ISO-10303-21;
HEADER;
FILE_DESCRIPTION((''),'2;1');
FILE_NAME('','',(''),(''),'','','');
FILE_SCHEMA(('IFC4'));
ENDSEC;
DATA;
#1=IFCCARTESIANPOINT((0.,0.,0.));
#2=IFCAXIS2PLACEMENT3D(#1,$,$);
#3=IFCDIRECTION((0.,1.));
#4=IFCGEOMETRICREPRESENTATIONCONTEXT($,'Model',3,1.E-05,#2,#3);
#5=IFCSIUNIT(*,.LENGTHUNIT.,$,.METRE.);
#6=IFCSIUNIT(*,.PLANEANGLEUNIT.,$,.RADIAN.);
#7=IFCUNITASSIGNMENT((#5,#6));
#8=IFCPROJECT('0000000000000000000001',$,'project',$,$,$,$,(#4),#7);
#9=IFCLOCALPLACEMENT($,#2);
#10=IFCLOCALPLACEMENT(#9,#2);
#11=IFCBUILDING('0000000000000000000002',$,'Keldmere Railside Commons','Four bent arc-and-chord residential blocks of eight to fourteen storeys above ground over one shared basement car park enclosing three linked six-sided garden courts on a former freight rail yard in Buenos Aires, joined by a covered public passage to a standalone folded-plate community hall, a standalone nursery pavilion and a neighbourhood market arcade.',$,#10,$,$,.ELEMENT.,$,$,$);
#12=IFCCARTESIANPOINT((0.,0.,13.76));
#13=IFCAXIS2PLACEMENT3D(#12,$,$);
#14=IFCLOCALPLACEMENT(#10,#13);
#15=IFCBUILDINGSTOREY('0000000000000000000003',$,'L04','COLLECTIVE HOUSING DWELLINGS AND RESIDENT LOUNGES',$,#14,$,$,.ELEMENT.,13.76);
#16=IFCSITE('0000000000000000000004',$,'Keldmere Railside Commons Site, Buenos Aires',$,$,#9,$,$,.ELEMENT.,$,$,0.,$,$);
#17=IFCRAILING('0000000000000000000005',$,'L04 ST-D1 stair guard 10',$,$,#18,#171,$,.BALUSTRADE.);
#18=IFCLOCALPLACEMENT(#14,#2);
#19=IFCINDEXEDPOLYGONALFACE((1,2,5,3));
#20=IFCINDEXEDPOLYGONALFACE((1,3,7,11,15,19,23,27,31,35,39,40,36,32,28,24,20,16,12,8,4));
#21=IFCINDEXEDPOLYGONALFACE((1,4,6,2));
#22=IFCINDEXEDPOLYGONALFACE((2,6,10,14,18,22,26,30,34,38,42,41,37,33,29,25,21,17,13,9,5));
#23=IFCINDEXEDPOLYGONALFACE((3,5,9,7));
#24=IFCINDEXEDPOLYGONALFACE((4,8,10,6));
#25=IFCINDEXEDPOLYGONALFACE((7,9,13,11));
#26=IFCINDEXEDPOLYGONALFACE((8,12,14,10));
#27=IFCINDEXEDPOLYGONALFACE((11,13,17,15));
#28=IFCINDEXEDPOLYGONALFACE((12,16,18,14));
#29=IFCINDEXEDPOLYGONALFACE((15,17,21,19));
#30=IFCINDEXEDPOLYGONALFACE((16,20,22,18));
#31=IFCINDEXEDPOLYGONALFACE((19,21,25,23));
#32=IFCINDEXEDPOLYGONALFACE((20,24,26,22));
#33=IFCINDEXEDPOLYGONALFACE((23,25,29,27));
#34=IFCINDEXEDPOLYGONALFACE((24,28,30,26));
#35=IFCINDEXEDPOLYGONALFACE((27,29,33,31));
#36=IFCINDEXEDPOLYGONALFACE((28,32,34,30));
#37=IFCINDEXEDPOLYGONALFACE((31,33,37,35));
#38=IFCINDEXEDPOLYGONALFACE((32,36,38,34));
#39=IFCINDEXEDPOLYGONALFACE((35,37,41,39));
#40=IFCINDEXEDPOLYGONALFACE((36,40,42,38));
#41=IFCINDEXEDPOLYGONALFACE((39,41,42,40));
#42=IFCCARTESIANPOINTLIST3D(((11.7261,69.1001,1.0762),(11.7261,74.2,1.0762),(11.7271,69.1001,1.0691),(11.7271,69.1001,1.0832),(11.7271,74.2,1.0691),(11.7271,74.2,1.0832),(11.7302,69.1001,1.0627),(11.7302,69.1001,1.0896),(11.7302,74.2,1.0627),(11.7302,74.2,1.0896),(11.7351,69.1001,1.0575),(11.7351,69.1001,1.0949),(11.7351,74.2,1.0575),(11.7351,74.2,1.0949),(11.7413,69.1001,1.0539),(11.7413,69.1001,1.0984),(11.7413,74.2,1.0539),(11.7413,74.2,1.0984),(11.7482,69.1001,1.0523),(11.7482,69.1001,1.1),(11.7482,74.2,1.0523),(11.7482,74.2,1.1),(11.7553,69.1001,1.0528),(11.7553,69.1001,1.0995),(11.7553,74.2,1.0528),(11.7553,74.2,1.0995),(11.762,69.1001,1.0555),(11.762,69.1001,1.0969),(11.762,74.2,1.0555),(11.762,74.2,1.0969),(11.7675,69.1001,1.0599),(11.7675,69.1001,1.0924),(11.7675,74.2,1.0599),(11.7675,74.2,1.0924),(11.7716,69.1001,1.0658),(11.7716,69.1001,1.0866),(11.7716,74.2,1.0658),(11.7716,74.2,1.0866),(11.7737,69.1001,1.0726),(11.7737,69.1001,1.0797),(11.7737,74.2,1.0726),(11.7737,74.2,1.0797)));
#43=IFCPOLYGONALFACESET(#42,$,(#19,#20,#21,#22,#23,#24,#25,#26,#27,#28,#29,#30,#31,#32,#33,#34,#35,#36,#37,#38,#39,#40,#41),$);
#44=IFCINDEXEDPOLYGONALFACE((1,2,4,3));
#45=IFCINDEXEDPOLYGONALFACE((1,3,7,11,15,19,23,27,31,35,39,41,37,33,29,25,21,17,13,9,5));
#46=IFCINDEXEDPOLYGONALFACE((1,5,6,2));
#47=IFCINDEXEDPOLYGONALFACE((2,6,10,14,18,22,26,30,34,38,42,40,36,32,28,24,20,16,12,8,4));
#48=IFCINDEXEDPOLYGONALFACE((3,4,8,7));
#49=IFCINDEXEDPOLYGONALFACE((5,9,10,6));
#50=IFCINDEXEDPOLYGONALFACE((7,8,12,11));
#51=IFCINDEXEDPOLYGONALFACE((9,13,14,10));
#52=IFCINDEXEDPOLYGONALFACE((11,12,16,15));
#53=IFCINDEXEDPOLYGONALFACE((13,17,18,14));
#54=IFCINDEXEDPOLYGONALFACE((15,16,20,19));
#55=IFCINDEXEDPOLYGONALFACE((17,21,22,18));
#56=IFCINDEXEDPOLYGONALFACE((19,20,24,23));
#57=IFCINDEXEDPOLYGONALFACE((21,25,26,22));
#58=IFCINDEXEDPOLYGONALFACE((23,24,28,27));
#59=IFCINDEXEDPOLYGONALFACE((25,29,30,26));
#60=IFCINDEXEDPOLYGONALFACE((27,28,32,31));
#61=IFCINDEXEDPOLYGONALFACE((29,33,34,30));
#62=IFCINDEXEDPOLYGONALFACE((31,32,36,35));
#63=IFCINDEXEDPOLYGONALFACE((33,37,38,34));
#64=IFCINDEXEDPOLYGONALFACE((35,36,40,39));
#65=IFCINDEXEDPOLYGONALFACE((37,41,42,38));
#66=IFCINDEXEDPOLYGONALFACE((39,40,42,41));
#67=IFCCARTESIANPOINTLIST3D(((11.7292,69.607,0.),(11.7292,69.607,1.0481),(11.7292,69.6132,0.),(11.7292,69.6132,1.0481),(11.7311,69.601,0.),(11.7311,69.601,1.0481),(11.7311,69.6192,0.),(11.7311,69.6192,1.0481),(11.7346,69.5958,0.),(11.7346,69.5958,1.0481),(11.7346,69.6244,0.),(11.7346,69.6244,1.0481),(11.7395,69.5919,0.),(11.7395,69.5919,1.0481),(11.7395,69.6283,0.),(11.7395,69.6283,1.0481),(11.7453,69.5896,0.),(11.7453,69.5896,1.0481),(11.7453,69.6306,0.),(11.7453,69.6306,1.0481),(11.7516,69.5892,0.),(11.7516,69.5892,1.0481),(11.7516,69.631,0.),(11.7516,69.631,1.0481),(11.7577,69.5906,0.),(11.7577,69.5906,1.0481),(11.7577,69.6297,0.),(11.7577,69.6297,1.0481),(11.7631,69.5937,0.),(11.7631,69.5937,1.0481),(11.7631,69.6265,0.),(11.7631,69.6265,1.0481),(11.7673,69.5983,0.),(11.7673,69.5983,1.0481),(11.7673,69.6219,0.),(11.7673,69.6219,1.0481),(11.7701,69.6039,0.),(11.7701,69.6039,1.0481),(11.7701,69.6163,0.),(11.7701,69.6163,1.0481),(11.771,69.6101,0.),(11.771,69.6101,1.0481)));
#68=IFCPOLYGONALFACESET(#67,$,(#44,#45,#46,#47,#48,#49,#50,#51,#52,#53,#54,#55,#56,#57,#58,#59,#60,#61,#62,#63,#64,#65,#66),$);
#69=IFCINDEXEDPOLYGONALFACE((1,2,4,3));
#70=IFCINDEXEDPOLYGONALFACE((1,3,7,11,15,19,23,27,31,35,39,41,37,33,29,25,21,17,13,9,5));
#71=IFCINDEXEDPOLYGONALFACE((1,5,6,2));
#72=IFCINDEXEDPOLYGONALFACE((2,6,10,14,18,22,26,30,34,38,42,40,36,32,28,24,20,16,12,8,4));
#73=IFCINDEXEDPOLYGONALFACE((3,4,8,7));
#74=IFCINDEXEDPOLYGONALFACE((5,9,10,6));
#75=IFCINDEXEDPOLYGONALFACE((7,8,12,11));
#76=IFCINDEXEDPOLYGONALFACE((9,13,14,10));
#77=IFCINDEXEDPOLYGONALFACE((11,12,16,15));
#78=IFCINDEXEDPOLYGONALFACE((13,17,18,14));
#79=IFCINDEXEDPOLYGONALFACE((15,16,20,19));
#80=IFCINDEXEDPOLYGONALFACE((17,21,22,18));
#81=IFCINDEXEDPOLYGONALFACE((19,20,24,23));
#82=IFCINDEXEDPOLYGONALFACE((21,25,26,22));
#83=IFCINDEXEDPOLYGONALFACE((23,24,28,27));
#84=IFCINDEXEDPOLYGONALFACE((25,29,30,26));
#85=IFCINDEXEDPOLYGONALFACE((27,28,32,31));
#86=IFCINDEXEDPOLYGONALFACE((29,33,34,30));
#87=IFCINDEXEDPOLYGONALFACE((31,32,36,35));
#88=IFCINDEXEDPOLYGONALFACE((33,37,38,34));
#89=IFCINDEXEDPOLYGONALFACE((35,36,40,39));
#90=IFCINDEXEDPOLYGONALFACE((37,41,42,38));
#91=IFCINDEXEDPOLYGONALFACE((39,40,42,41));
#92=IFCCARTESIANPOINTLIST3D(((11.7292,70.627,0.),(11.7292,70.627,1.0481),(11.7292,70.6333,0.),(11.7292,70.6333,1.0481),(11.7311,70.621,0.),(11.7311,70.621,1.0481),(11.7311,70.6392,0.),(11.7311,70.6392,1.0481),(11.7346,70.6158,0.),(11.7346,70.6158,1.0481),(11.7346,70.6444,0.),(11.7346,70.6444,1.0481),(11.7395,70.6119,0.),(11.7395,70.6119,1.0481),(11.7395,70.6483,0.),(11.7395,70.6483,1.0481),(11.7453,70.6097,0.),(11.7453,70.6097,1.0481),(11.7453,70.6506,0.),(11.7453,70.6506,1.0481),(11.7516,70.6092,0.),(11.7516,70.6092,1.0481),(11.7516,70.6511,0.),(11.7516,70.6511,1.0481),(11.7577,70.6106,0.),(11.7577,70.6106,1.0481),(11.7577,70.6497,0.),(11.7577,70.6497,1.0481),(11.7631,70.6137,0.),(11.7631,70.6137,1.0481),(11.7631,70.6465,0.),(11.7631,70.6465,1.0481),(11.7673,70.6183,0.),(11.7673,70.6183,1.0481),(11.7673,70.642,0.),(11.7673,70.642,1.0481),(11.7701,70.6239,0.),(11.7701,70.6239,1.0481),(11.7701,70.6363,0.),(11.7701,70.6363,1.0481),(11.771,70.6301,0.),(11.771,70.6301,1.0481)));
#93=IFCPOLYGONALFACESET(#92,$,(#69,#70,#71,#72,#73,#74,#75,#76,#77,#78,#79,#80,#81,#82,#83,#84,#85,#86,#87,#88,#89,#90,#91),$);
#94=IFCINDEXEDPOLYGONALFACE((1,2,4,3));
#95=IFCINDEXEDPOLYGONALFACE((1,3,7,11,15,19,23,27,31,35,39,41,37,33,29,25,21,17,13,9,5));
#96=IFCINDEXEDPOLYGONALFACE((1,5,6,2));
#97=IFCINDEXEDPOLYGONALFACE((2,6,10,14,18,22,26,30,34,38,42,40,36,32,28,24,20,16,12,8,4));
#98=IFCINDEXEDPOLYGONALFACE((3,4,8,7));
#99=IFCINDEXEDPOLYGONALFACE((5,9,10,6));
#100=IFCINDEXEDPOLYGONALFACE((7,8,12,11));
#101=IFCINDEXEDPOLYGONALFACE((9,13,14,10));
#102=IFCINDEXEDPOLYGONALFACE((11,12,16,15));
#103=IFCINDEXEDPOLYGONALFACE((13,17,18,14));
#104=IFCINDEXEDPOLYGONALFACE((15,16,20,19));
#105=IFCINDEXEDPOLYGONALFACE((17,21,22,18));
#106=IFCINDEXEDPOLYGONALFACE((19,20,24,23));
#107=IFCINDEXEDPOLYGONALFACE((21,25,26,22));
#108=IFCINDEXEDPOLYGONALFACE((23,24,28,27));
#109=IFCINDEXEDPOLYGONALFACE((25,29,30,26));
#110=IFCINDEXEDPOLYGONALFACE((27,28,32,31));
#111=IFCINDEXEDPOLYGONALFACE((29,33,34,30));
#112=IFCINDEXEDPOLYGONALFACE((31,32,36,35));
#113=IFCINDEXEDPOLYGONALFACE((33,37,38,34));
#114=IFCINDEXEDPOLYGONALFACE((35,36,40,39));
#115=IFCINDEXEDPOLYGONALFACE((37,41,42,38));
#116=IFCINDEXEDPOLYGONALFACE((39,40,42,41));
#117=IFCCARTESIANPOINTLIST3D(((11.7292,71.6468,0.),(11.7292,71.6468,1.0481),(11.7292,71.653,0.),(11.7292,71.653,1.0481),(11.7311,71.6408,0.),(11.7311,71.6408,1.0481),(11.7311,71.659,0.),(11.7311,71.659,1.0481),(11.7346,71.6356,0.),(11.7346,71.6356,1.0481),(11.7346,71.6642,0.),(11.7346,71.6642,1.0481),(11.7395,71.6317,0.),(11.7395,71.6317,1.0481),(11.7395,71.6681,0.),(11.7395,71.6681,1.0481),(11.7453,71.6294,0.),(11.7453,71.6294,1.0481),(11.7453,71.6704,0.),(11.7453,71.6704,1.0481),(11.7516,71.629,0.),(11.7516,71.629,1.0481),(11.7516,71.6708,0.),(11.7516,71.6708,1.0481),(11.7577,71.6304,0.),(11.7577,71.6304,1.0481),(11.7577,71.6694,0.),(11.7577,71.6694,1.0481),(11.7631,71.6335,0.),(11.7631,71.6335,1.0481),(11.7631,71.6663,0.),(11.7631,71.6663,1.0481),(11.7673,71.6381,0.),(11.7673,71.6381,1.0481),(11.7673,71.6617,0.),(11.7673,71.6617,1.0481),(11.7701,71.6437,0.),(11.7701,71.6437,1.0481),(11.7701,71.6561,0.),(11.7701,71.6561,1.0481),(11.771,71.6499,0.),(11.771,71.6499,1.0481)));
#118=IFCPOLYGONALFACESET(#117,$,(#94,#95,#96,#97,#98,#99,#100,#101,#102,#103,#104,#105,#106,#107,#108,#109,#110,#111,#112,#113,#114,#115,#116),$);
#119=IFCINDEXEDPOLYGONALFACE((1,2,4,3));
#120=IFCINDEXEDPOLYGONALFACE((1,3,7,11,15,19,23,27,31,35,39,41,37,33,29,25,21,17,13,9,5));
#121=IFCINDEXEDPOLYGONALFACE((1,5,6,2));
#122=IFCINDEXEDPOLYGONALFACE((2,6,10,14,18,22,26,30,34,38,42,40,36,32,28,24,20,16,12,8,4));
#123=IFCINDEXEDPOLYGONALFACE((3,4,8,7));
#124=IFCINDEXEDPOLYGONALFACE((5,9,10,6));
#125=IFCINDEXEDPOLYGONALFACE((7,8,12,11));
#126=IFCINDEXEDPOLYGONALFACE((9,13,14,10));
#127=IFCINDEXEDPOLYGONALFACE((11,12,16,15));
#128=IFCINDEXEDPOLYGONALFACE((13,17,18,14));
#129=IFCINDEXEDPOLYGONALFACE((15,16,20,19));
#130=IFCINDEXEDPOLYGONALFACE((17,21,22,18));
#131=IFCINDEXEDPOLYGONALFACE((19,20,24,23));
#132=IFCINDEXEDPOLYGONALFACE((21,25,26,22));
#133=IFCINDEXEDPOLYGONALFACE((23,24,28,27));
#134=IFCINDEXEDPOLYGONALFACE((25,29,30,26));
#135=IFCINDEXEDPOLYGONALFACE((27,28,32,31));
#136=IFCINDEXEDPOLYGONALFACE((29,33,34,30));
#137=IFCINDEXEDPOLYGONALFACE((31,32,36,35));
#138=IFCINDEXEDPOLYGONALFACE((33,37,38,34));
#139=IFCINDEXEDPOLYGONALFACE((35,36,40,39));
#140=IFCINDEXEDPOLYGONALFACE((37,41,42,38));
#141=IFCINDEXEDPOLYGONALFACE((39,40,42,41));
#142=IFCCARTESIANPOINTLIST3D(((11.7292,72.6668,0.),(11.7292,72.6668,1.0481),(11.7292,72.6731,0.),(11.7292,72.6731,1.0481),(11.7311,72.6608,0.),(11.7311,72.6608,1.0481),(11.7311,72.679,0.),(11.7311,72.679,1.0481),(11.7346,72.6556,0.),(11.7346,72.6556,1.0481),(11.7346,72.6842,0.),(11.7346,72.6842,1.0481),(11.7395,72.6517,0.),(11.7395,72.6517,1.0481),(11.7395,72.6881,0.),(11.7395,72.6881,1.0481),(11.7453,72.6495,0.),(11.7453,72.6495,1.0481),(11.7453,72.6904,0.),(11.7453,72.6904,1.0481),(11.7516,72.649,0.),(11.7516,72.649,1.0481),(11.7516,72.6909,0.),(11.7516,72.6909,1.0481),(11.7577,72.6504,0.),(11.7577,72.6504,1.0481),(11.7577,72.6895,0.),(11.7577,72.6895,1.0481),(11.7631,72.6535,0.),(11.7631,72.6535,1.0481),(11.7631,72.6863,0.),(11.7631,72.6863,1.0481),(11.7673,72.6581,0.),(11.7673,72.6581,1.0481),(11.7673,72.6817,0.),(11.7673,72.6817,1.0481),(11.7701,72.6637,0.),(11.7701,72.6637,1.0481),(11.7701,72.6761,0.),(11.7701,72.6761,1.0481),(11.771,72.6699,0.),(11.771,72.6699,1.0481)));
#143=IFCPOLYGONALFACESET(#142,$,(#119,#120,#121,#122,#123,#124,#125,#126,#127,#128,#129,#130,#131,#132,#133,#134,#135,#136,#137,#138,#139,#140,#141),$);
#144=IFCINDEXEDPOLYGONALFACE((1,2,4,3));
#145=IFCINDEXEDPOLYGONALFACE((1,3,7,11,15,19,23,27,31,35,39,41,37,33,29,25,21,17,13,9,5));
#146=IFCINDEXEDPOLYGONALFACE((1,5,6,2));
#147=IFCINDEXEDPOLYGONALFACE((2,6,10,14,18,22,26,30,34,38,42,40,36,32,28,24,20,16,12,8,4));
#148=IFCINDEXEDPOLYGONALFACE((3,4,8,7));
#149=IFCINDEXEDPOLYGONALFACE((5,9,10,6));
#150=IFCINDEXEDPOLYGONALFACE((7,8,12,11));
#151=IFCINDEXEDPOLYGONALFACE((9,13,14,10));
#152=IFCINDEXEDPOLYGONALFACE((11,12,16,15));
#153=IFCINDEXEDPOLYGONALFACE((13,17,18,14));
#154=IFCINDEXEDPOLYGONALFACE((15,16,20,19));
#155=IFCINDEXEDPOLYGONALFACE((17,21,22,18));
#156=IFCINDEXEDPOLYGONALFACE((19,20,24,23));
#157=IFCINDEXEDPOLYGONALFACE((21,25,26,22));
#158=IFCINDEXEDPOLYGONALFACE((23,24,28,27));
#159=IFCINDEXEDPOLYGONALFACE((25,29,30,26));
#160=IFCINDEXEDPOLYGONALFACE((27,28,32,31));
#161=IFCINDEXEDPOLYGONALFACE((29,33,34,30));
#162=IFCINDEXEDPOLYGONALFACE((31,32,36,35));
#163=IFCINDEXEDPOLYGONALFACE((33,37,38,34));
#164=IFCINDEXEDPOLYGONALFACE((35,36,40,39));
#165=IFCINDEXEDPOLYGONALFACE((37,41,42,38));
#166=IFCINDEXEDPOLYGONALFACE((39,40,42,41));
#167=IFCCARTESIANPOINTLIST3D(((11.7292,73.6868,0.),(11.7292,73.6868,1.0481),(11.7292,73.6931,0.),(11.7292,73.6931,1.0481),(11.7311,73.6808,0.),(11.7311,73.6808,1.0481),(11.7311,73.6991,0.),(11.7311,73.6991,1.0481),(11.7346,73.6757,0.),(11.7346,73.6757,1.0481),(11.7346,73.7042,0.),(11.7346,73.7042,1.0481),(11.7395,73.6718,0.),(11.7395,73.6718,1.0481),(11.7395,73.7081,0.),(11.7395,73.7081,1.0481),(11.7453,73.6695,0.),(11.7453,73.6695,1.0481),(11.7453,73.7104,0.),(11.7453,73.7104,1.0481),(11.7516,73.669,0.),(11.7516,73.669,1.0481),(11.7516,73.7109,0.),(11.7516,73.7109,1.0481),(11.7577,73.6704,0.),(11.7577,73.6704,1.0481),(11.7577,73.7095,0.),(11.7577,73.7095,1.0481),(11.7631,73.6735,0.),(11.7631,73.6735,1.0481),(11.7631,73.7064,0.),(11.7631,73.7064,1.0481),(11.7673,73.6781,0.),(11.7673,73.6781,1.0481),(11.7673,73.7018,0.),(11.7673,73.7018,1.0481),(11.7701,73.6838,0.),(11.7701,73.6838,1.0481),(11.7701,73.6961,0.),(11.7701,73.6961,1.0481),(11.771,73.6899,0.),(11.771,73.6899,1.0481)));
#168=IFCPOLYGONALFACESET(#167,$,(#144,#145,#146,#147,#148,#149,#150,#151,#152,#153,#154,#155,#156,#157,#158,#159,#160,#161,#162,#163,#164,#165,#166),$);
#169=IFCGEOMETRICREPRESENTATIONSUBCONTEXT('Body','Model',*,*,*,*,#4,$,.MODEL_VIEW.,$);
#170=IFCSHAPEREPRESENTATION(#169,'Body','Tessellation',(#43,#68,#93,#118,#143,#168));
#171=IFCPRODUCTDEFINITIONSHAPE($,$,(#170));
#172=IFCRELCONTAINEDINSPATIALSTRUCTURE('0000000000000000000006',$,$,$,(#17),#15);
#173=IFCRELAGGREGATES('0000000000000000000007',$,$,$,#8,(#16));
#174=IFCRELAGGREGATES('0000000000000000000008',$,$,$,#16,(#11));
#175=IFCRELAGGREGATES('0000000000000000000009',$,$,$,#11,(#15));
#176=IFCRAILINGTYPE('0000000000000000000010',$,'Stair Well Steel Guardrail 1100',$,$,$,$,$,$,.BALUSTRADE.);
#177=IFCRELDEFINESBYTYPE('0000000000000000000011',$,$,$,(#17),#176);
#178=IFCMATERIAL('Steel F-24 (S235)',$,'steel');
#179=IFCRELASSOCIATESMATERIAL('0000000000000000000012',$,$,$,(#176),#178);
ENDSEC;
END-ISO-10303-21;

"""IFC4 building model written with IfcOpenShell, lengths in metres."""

from ifc_helpers import new_model, si_unit, direction, frame, origin, origin_2d, place, context, subcontext, project, spatial, circle, extrude, material, type_object, element, save


model = new_model("IFC4")

# Units and contexts
model_context = context("Model", 3, precision=1e-05, world=origin(), true_north=direction((0.0, 1.0)))
body_context = subcontext(model_context, "Body", "Model", "MODEL_VIEW")
ifc_project = project(units=[si_unit("LENGTHUNIT", "METRE"), si_unit("PLANEANGLEUNIT", "RADIAN")], contexts=[model_context])

# Site, building, storey
site_placement = place(None, origin())
site = spatial("IfcSite", under=ifc_project, at=site_placement, Name="Keldmere Railside Commons Site, Buenos Aires", CompositionType="ELEMENT", RefElevation=0.0)
building_placement = place(site_placement, origin())
building = spatial("IfcBuilding", under=site, at=building_placement, Name="Keldmere Railside Commons", Description="Four bent arc-and-chord residential blocks of eight to fourteen storeys above ground over one shared basement car park enclosing three linked six-sided garden courts on a former freight rail yard in Buenos Aires, joined by a covered public passage to a standalone folded-plate community hall, a standalone nursery pavilion and a neighbourhood market arcade.", CompositionType="ELEMENT")
storey_placement = place(building_placement, frame((0.0, 0.0, 13.76)))
storey = spatial("IfcBuildingStorey", under=building, at=storey_placement, Name="L04", Description="COLLECTIVE HOUSING DWELLINGS AND RESIDENT LOUNGES", CompositionType="ELEMENT", Elevation=13.76)

# Railing
ifc_material_1 = material(Name="Steel F-24 (S235)", Category="steel")
railing_type_1 = type_object("IfcRailingType", Name="Stair Well Steel Guardrail 1100", PredefinedType="BALUSTRADE", material=ifc_material_1)
railing_1_placement = place(storey_placement, frame((11.75, 69.1001, 0.0)))
element("IfcRailing", 1, at=railing_1_placement, inside=storey, type_object=railing_type_1, Name="L04 ST-D1 stair guard 10", PredefinedType="BALUSTRADE", context=body_context, shape_type="SweptSolid", body=[
    extrude(circle(Radius=0.0239, at=origin_2d()), frame((0.0, 0.0, 1.0762), z_axis=(0.0, 1.0, 0.0), x_axis=(-1.0, 0.0, 0.0)), (0.0, 0.0, 1.0), 5.0999),
    extrude(circle(Radius=0.021, at=origin_2d()), frame((0.0, 0.51, 0.0)), (0.0, 0.0, 1.0), 1.0481),
    extrude(circle(Radius=0.021, at=origin_2d()), frame((0.0, 1.53, 0.0)), (0.0, 0.0, 1.0), 1.0481),
    extrude(circle(Radius=0.021, at=origin_2d()), frame((0.0, 2.5498, 0.0)), (0.0, 0.0, 1.0), 1.0481),
    extrude(circle(Radius=0.021, at=origin_2d()), frame((0.0, 3.5698, 0.0)), (0.0, 0.0, 1.0), 1.0481),
    extrude(circle(Radius=0.021, at=origin_2d()), frame((0.0, 4.5898, 0.0)), (0.0, 0.0, 1.0), 1.0481),
])

save(model, "model.ifc")
